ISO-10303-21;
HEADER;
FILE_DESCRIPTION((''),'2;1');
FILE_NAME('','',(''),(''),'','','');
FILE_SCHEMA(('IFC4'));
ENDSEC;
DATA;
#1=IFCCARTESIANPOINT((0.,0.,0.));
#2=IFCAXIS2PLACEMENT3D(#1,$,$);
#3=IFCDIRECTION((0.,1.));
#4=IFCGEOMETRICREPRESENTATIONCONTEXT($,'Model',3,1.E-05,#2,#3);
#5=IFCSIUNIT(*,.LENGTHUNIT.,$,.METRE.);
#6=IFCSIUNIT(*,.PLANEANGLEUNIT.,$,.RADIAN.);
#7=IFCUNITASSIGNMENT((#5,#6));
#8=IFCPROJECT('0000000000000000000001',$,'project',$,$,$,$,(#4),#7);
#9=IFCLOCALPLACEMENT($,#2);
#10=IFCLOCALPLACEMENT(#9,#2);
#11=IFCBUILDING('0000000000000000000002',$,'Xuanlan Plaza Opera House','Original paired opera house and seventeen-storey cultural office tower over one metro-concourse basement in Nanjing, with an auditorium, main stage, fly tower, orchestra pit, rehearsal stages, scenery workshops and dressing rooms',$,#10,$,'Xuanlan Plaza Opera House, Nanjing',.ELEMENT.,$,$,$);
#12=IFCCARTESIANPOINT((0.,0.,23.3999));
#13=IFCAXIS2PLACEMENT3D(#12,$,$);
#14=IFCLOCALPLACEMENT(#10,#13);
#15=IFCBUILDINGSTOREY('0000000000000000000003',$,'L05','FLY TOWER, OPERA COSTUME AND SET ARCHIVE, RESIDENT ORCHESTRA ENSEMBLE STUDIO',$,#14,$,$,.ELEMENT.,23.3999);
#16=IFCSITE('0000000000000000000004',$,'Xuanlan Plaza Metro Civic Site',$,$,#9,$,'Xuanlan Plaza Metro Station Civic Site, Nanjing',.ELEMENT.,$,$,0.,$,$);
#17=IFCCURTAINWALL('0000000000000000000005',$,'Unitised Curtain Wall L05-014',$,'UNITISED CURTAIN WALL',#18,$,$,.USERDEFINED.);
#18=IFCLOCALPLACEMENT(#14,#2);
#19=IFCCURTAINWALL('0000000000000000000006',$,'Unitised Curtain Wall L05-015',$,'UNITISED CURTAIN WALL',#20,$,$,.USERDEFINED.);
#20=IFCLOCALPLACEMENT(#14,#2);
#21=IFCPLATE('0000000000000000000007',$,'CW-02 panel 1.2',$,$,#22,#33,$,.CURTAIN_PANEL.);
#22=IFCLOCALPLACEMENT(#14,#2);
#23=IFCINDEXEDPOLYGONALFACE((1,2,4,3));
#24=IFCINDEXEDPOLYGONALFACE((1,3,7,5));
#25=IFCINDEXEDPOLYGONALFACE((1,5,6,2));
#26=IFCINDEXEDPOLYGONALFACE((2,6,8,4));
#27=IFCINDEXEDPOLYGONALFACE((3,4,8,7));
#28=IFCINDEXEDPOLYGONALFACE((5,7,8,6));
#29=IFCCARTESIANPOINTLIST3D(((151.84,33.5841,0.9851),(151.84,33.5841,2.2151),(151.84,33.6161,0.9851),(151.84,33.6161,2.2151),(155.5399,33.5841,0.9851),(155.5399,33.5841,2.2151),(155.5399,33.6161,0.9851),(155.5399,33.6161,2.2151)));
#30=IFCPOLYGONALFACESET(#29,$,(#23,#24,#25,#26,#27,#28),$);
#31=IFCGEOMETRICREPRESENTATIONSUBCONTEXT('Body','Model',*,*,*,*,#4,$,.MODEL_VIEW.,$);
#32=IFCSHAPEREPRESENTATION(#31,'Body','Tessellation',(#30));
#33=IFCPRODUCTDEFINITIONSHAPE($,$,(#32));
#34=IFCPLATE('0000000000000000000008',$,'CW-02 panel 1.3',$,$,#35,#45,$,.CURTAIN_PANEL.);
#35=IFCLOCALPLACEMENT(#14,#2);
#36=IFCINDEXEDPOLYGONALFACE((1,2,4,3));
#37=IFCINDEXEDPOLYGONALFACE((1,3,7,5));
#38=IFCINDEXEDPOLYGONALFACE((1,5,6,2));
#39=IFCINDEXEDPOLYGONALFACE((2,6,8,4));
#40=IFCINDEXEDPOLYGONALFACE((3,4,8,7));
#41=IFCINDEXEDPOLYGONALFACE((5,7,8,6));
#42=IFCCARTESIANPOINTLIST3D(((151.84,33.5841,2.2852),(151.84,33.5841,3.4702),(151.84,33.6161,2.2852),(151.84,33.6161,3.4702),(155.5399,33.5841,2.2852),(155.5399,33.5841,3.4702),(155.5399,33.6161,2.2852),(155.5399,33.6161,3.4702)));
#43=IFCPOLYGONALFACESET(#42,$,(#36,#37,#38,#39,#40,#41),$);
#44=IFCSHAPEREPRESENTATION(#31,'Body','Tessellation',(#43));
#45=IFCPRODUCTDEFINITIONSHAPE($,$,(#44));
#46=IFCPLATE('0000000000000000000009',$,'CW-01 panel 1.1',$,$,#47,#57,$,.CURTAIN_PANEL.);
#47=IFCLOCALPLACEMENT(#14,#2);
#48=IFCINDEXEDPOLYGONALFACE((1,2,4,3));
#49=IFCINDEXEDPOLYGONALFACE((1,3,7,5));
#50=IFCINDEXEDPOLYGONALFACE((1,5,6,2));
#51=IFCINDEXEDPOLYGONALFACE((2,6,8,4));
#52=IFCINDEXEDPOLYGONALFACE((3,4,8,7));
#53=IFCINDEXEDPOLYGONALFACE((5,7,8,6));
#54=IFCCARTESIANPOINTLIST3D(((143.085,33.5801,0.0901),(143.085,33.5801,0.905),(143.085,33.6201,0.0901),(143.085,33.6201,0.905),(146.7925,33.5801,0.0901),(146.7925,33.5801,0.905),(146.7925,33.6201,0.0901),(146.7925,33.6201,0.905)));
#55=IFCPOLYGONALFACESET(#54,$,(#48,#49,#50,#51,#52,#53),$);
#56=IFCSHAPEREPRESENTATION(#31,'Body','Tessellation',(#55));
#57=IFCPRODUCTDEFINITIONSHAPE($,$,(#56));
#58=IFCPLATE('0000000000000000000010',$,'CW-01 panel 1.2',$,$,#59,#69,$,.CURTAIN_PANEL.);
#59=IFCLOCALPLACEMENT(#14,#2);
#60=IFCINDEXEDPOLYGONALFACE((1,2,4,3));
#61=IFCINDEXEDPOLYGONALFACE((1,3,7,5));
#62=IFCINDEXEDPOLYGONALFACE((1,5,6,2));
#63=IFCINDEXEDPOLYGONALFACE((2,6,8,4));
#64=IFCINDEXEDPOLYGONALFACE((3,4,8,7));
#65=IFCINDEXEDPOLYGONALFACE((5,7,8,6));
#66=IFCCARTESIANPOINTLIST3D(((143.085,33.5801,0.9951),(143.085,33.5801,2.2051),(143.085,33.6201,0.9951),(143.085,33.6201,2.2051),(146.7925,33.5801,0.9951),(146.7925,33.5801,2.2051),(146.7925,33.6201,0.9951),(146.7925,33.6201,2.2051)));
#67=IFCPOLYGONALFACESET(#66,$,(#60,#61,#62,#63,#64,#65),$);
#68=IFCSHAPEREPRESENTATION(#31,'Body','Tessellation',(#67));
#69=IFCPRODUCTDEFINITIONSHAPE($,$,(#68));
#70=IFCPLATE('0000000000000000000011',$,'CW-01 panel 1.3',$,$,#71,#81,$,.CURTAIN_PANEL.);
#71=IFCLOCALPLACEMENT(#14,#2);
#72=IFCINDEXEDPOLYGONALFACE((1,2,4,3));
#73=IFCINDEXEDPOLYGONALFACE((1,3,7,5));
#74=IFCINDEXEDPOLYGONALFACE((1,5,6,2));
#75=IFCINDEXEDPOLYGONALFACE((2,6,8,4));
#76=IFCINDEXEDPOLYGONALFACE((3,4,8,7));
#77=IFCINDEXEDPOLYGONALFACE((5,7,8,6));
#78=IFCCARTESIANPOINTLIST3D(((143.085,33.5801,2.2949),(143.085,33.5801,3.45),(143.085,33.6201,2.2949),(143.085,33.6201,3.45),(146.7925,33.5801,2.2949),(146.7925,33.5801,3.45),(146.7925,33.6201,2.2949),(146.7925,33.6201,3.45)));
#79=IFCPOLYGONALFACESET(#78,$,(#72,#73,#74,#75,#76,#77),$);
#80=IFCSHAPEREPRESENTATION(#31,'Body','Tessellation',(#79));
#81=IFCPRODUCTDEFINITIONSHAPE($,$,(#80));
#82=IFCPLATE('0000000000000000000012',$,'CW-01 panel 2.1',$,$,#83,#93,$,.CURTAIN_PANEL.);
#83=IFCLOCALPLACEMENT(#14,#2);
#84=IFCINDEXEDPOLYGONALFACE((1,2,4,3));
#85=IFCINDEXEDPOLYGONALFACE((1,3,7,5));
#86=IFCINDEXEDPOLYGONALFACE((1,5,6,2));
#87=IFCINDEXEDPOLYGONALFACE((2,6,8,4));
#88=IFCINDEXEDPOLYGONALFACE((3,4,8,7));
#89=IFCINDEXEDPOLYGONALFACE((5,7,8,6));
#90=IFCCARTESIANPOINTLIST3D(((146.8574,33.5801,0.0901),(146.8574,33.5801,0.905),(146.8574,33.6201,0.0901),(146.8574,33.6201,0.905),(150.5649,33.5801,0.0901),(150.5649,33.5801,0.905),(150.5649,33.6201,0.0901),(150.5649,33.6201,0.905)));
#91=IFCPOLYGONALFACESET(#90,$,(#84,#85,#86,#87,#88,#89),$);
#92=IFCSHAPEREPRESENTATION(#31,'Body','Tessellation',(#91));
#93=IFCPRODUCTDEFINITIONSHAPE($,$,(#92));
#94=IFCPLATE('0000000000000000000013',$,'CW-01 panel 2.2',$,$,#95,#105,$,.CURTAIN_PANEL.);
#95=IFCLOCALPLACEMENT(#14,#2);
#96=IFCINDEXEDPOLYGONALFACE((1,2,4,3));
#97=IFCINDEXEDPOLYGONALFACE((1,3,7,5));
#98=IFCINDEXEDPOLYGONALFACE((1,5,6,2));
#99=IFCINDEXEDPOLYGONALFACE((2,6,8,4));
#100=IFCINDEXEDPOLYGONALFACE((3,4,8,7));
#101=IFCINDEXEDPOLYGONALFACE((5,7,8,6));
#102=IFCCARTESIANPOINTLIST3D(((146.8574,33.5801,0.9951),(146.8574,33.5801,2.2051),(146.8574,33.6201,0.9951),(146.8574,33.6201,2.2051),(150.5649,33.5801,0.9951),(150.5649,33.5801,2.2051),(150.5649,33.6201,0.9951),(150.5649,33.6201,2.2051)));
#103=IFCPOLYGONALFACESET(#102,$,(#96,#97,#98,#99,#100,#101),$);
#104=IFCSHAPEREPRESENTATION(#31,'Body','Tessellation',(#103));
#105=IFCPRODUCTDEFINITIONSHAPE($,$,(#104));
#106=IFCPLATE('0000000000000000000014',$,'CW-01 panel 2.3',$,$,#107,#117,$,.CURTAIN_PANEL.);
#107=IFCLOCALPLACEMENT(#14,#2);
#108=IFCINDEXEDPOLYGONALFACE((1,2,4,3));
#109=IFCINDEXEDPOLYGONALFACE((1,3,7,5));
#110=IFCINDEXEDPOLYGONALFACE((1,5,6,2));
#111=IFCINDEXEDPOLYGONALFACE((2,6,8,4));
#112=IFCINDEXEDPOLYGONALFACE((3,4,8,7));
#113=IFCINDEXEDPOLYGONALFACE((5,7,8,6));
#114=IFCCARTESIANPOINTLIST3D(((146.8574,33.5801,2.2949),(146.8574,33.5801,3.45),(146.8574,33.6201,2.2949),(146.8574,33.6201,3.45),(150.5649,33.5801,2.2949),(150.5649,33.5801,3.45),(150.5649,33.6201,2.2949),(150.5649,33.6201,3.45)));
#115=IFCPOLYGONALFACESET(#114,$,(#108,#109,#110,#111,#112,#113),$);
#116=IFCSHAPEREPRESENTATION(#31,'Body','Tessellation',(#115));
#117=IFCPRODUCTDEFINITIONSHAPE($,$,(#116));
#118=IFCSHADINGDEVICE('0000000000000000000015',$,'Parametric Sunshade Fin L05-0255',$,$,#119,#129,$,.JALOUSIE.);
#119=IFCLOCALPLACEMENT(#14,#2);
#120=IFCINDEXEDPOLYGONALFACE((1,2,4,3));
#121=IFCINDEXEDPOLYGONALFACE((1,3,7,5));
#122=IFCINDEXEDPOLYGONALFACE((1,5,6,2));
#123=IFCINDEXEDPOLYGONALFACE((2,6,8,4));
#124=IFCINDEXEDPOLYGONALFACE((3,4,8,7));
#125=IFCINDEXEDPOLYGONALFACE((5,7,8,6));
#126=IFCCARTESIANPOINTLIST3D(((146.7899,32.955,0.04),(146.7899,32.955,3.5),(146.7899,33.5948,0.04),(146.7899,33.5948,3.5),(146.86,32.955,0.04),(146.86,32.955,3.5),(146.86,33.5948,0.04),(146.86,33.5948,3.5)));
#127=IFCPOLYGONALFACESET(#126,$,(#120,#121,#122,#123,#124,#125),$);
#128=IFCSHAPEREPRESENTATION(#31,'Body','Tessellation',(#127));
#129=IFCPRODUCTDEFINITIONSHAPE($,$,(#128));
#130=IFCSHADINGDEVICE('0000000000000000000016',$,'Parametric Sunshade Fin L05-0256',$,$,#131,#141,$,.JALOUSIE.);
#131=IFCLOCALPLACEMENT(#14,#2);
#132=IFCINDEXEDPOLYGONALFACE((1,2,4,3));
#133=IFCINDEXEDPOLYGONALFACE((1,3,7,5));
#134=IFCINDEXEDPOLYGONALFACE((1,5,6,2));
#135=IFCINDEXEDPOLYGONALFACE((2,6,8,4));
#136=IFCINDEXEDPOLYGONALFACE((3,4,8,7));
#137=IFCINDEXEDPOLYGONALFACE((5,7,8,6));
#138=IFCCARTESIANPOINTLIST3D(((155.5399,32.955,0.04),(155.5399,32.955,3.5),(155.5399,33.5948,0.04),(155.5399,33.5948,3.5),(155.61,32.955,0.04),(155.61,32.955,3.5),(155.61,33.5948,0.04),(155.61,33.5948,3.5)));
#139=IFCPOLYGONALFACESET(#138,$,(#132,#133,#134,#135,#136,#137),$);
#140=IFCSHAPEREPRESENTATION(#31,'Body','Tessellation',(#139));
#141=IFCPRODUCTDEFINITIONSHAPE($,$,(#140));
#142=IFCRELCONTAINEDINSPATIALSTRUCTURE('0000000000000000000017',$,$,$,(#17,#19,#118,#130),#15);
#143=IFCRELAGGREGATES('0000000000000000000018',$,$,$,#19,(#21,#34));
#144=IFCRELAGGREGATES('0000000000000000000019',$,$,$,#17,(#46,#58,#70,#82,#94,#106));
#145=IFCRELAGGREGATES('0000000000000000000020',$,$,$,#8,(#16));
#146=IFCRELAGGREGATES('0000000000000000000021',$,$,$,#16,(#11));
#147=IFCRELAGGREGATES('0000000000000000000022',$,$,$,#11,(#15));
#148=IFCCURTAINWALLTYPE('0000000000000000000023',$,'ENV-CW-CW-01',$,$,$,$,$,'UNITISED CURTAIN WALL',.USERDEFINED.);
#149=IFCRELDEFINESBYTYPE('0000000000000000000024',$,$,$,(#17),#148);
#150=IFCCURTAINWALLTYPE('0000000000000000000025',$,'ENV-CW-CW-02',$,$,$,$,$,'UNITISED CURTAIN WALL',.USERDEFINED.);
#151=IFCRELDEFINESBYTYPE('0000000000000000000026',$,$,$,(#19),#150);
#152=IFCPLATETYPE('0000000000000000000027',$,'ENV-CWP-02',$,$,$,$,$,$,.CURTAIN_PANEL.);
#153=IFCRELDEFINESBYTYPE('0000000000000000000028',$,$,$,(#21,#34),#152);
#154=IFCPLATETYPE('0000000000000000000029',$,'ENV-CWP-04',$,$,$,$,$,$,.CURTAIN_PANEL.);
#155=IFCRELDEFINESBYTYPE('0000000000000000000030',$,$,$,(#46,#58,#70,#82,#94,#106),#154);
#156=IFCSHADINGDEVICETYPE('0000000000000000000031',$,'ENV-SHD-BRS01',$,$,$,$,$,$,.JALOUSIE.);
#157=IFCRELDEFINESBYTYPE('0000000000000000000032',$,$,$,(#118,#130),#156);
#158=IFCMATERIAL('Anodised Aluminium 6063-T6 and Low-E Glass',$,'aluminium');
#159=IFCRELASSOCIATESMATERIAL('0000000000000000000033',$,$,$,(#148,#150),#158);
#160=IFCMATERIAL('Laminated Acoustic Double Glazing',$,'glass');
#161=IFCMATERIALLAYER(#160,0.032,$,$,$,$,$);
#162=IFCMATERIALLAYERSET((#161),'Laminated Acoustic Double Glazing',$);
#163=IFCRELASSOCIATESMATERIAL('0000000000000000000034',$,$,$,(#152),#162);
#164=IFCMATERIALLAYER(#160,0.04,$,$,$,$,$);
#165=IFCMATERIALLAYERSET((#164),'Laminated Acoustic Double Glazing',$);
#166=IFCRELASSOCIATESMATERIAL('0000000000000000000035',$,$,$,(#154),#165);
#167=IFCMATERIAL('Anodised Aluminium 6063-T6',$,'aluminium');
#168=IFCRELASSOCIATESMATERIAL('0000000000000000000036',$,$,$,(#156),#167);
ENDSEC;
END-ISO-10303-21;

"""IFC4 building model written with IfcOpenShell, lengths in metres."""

from ifc_helpers import new_model, si_unit, direction, frame, origin, origin_2d, place, context, subcontext, project, spatial, rectangle, extrude, material, layer, layer_set, type_object, element, aggregate, save


model = new_model("IFC4")

# Units and contexts
model_context = context("Model", 3, precision=1e-05, world=origin(), true_north=direction((0.0, 1.0)))
body_context = subcontext(model_context, "Body", "Model", "MODEL_VIEW")
ifc_project = project(units=[si_unit("LENGTHUNIT", "METRE"), si_unit("PLANEANGLEUNIT", "RADIAN")], contexts=[model_context])

# Site, building, storey
site_placement = place(None, origin())
site = spatial("IfcSite", under=ifc_project, at=site_placement, Name="Xuanlan Plaza Metro Civic Site", LongName="Xuanlan Plaza Metro Station Civic Site, Nanjing", CompositionType="ELEMENT", RefElevation=0.0)
building_placement = place(site_placement, origin())
building = spatial("IfcBuilding", under=site, at=building_placement, Name="Xuanlan Plaza Opera House", Description="Original paired opera house and seventeen-storey cultural office tower over one metro-concourse basement in Nanjing, with an auditorium, main stage, fly tower, orchestra pit, rehearsal stages, scenery workshops and dressing rooms", LongName="Xuanlan Plaza Opera House, Nanjing", CompositionType="ELEMENT")
storey_placement = place(building_placement, frame((0.0, 0.0, 23.3999)))
storey = spatial("IfcBuildingStorey", under=building, at=storey_placement, Name="L05", Description="FLY TOWER, OPERA COSTUME AND SET ARCHIVE, RESIDENT ORCHESTRA ENSEMBLE STUDIO", CompositionType="ELEMENT", Elevation=23.3999)

# Curtain walls
ifc_material_1 = material(Name="Anodised Aluminium 6063-T6 and Low-E Glass", Category="aluminium")
curtain_wall_type_1 = type_object("IfcCurtainWallType", Name="ENV-CW-CW-01", ElementType="UNITISED CURTAIN WALL", PredefinedType="USERDEFINED", material=ifc_material_1)
curtain_wall_1_placement = place(storey_placement, origin())
curtain_wall_1 = element("IfcCurtainWall", 1, at=curtain_wall_1_placement, inside=storey, type_object=curtain_wall_type_1, Name="Unitised Curtain Wall L05-014", ObjectType="UNITISED CURTAIN WALL", PredefinedType="USERDEFINED")
ifc_material_2 = material(Name="Anodised Aluminium 6063-T6", Category="aluminium")
curtain_wall_type_2 = type_object("IfcCurtainWallType", Name="ENV-CW-CW-02", ElementType="UNITISED CURTAIN WALL", PredefinedType="USERDEFINED", material=ifc_material_1)
curtain_wall_2_placement = place(storey_placement, origin())
curtain_wall_2 = element("IfcCurtainWall", 2, at=curtain_wall_2_placement, inside=storey, type_object=curtain_wall_type_2, Name="Unitised Curtain Wall L05-015", ObjectType="UNITISED CURTAIN WALL", PredefinedType="USERDEFINED")

# Plates
ifc_material_3 = material(Name="Laminated Acoustic Double Glazing", Category="glass")
ifc_layer_1 = layer(ifc_material_3, 0.032)
ifc_layer_set_1 = layer_set([ifc_layer_1], Name="Laminated Acoustic Double Glazing")
plate_type_1 = type_object("IfcPlateType", Name="ENV-CWP-02", PredefinedType="CURTAIN_PANEL", material=ifc_layer_set_1)
plate_1_placement = place(storey_placement, frame((153.6899, 33.6001, 0.9851), z_axis=(0.0, 0.0, 1.0), x_axis=(1.0, 0.0, 0.0)))
plate_1 = element("IfcPlate", 3, at=plate_1_placement, type_object=plate_type_1, Name="CW-02 panel 1.2", PredefinedType="CURTAIN_PANEL", context=body_context, shape_type="SweptSolid", body=[
    extrude(rectangle(XDim=3.7, YDim=0.032, at=origin_2d()), origin(), (0.0, 0.0, 1.0), 1.23),
])
plate_2_placement = place(storey_placement, frame((153.6899, 33.6001, 2.2852), z_axis=(0.0, 0.0, 1.0), x_axis=(1.0, 0.0, 0.0)))
plate_2 = element("IfcPlate", 4, at=plate_2_placement, type_object=plate_type_1, Name="CW-02 panel 1.3", PredefinedType="CURTAIN_PANEL", context=body_context, shape_type="SweptSolid", body=[
    extrude(rectangle(XDim=3.7, YDim=0.032, at=origin_2d()), origin(), (0.0, 0.0, 1.0), 1.1851),
])
aggregate(curtain_wall_2, [plate_1, plate_2])
ifc_layer_2 = layer(ifc_material_3, 0.04)
ifc_layer_set_2 = layer_set([ifc_layer_2], Name="Laminated Acoustic Double Glazing")
plate_type_2 = type_object("IfcPlateType", Name="ENV-CWP-04", PredefinedType="CURTAIN_PANEL", material=ifc_layer_set_2)
plate_3_placement = place(storey_placement, frame((144.9387, 33.6001, 0.0901), z_axis=(0.0, 0.0, 1.0), x_axis=(1.0, 0.0, 0.0)))
plate_3 = element("IfcPlate", 5, at=plate_3_placement, type_object=plate_type_2, Name="CW-01 panel 1.1", PredefinedType="CURTAIN_PANEL", context=body_context, shape_type="SweptSolid", body=[
    extrude(rectangle(XDim=3.7075, YDim=0.04, at=origin_2d()), origin(), (0.0, 0.0, 1.0), 0.8149),
])
plate_4_placement = place(storey_placement, frame((144.9387, 33.6001, 0.9951), z_axis=(0.0, 0.0, 1.0), x_axis=(1.0, 0.0, 0.0)))
plate_4 = element("IfcPlate", 6, at=plate_4_placement, type_object=plate_type_2, Name="CW-01 panel 1.2", PredefinedType="CURTAIN_PANEL", context=body_context, shape_type="SweptSolid", body=[
    extrude(rectangle(XDim=3.7075, YDim=0.04, at=origin_2d()), origin(), (0.0, 0.0, 1.0), 1.21),
])
plate_5_placement = place(storey_placement, frame((144.9387, 33.6001, 2.2949), z_axis=(0.0, 0.0, 1.0), x_axis=(1.0, 0.0, 0.0)))
plate_5 = element("IfcPlate", 7, at=plate_5_placement, type_object=plate_type_2, Name="CW-01 panel 1.3", PredefinedType="CURTAIN_PANEL", context=body_context, shape_type="SweptSolid", body=[
    extrude(rectangle(XDim=3.7075, YDim=0.04, at=origin_2d()), origin(), (0.0, 0.0, 1.0), 1.155),
])
plate_6_placement = place(storey_placement, frame((148.7112, 33.6001, 0.0901), z_axis=(0.0, 0.0, 1.0), x_axis=(1.0, 0.0, 0.0)))
plate_6 = element("IfcPlate", 8, at=plate_6_placement, type_object=plate_type_2, Name="CW-01 panel 2.1", PredefinedType="CURTAIN_PANEL", context=body_context, shape_type="SweptSolid", body=[
    extrude(rectangle(XDim=3.7075, YDim=0.04, at=origin_2d()), origin(), (0.0, 0.0, 1.0), 0.8149),
])
plate_7_placement = place(storey_placement, frame((148.7112, 33.6001, 0.9951), z_axis=(0.0, 0.0, 1.0), x_axis=(1.0, 0.0, 0.0)))
plate_7 = element("IfcPlate", 9, at=plate_7_placement, type_object=plate_type_2, Name="CW-01 panel 2.2", PredefinedType="CURTAIN_PANEL", context=body_context, shape_type="SweptSolid", body=[
    extrude(rectangle(XDim=3.7075, YDim=0.04, at=origin_2d()), origin(), (0.0, 0.0, 1.0), 1.21),
])
plate_8_placement = place(storey_placement, frame((148.7112, 33.6001, 2.2949), z_axis=(0.0, 0.0, 1.0), x_axis=(1.0, 0.0, 0.0)))
plate_8 = element("IfcPlate", 10, at=plate_8_placement, type_object=plate_type_2, Name="CW-01 panel 2.3", PredefinedType="CURTAIN_PANEL", context=body_context, shape_type="SweptSolid", body=[
    extrude(rectangle(XDim=3.7075, YDim=0.04, at=origin_2d()), origin(), (0.0, 0.0, 1.0), 1.155),
])
aggregate(curtain_wall_1, [plate_3, plate_4, plate_5, plate_6, plate_7, plate_8])

# Shading devices
shading_device_type = type_object("IfcShadingDeviceType", Name="ENV-SHD-BRS01", PredefinedType="JALOUSIE", material=ifc_material_2)
for number, where, z_axis, x_axis, name in (
    (11, (146.825, 33.2749, 0.04), (0.0, 0.0, 1.0), (0.0, -1.0, 0.0), "Parametric Sunshade Fin L05-0255"),
    (12, (155.575, 33.2749, 0.04), (0.0, 0.0, 1.0), (0.0, -1.0, 0.0), "Parametric Sunshade Fin L05-0256"),
):
    element("IfcShadingDevice", number, at=place(storey_placement, frame(where, z_axis=z_axis, x_axis=x_axis)), inside=storey, type_object=shading_device_type, Name=name, PredefinedType="JALOUSIE", context=body_context, shape_type="SweptSolid", body=[
        extrude(rectangle(XDim=0.6399, YDim=0.0701, at=origin_2d()), origin(), (0.0, 0.0, 1.0), 3.46),
    ])

save(model, "model.ifc")
